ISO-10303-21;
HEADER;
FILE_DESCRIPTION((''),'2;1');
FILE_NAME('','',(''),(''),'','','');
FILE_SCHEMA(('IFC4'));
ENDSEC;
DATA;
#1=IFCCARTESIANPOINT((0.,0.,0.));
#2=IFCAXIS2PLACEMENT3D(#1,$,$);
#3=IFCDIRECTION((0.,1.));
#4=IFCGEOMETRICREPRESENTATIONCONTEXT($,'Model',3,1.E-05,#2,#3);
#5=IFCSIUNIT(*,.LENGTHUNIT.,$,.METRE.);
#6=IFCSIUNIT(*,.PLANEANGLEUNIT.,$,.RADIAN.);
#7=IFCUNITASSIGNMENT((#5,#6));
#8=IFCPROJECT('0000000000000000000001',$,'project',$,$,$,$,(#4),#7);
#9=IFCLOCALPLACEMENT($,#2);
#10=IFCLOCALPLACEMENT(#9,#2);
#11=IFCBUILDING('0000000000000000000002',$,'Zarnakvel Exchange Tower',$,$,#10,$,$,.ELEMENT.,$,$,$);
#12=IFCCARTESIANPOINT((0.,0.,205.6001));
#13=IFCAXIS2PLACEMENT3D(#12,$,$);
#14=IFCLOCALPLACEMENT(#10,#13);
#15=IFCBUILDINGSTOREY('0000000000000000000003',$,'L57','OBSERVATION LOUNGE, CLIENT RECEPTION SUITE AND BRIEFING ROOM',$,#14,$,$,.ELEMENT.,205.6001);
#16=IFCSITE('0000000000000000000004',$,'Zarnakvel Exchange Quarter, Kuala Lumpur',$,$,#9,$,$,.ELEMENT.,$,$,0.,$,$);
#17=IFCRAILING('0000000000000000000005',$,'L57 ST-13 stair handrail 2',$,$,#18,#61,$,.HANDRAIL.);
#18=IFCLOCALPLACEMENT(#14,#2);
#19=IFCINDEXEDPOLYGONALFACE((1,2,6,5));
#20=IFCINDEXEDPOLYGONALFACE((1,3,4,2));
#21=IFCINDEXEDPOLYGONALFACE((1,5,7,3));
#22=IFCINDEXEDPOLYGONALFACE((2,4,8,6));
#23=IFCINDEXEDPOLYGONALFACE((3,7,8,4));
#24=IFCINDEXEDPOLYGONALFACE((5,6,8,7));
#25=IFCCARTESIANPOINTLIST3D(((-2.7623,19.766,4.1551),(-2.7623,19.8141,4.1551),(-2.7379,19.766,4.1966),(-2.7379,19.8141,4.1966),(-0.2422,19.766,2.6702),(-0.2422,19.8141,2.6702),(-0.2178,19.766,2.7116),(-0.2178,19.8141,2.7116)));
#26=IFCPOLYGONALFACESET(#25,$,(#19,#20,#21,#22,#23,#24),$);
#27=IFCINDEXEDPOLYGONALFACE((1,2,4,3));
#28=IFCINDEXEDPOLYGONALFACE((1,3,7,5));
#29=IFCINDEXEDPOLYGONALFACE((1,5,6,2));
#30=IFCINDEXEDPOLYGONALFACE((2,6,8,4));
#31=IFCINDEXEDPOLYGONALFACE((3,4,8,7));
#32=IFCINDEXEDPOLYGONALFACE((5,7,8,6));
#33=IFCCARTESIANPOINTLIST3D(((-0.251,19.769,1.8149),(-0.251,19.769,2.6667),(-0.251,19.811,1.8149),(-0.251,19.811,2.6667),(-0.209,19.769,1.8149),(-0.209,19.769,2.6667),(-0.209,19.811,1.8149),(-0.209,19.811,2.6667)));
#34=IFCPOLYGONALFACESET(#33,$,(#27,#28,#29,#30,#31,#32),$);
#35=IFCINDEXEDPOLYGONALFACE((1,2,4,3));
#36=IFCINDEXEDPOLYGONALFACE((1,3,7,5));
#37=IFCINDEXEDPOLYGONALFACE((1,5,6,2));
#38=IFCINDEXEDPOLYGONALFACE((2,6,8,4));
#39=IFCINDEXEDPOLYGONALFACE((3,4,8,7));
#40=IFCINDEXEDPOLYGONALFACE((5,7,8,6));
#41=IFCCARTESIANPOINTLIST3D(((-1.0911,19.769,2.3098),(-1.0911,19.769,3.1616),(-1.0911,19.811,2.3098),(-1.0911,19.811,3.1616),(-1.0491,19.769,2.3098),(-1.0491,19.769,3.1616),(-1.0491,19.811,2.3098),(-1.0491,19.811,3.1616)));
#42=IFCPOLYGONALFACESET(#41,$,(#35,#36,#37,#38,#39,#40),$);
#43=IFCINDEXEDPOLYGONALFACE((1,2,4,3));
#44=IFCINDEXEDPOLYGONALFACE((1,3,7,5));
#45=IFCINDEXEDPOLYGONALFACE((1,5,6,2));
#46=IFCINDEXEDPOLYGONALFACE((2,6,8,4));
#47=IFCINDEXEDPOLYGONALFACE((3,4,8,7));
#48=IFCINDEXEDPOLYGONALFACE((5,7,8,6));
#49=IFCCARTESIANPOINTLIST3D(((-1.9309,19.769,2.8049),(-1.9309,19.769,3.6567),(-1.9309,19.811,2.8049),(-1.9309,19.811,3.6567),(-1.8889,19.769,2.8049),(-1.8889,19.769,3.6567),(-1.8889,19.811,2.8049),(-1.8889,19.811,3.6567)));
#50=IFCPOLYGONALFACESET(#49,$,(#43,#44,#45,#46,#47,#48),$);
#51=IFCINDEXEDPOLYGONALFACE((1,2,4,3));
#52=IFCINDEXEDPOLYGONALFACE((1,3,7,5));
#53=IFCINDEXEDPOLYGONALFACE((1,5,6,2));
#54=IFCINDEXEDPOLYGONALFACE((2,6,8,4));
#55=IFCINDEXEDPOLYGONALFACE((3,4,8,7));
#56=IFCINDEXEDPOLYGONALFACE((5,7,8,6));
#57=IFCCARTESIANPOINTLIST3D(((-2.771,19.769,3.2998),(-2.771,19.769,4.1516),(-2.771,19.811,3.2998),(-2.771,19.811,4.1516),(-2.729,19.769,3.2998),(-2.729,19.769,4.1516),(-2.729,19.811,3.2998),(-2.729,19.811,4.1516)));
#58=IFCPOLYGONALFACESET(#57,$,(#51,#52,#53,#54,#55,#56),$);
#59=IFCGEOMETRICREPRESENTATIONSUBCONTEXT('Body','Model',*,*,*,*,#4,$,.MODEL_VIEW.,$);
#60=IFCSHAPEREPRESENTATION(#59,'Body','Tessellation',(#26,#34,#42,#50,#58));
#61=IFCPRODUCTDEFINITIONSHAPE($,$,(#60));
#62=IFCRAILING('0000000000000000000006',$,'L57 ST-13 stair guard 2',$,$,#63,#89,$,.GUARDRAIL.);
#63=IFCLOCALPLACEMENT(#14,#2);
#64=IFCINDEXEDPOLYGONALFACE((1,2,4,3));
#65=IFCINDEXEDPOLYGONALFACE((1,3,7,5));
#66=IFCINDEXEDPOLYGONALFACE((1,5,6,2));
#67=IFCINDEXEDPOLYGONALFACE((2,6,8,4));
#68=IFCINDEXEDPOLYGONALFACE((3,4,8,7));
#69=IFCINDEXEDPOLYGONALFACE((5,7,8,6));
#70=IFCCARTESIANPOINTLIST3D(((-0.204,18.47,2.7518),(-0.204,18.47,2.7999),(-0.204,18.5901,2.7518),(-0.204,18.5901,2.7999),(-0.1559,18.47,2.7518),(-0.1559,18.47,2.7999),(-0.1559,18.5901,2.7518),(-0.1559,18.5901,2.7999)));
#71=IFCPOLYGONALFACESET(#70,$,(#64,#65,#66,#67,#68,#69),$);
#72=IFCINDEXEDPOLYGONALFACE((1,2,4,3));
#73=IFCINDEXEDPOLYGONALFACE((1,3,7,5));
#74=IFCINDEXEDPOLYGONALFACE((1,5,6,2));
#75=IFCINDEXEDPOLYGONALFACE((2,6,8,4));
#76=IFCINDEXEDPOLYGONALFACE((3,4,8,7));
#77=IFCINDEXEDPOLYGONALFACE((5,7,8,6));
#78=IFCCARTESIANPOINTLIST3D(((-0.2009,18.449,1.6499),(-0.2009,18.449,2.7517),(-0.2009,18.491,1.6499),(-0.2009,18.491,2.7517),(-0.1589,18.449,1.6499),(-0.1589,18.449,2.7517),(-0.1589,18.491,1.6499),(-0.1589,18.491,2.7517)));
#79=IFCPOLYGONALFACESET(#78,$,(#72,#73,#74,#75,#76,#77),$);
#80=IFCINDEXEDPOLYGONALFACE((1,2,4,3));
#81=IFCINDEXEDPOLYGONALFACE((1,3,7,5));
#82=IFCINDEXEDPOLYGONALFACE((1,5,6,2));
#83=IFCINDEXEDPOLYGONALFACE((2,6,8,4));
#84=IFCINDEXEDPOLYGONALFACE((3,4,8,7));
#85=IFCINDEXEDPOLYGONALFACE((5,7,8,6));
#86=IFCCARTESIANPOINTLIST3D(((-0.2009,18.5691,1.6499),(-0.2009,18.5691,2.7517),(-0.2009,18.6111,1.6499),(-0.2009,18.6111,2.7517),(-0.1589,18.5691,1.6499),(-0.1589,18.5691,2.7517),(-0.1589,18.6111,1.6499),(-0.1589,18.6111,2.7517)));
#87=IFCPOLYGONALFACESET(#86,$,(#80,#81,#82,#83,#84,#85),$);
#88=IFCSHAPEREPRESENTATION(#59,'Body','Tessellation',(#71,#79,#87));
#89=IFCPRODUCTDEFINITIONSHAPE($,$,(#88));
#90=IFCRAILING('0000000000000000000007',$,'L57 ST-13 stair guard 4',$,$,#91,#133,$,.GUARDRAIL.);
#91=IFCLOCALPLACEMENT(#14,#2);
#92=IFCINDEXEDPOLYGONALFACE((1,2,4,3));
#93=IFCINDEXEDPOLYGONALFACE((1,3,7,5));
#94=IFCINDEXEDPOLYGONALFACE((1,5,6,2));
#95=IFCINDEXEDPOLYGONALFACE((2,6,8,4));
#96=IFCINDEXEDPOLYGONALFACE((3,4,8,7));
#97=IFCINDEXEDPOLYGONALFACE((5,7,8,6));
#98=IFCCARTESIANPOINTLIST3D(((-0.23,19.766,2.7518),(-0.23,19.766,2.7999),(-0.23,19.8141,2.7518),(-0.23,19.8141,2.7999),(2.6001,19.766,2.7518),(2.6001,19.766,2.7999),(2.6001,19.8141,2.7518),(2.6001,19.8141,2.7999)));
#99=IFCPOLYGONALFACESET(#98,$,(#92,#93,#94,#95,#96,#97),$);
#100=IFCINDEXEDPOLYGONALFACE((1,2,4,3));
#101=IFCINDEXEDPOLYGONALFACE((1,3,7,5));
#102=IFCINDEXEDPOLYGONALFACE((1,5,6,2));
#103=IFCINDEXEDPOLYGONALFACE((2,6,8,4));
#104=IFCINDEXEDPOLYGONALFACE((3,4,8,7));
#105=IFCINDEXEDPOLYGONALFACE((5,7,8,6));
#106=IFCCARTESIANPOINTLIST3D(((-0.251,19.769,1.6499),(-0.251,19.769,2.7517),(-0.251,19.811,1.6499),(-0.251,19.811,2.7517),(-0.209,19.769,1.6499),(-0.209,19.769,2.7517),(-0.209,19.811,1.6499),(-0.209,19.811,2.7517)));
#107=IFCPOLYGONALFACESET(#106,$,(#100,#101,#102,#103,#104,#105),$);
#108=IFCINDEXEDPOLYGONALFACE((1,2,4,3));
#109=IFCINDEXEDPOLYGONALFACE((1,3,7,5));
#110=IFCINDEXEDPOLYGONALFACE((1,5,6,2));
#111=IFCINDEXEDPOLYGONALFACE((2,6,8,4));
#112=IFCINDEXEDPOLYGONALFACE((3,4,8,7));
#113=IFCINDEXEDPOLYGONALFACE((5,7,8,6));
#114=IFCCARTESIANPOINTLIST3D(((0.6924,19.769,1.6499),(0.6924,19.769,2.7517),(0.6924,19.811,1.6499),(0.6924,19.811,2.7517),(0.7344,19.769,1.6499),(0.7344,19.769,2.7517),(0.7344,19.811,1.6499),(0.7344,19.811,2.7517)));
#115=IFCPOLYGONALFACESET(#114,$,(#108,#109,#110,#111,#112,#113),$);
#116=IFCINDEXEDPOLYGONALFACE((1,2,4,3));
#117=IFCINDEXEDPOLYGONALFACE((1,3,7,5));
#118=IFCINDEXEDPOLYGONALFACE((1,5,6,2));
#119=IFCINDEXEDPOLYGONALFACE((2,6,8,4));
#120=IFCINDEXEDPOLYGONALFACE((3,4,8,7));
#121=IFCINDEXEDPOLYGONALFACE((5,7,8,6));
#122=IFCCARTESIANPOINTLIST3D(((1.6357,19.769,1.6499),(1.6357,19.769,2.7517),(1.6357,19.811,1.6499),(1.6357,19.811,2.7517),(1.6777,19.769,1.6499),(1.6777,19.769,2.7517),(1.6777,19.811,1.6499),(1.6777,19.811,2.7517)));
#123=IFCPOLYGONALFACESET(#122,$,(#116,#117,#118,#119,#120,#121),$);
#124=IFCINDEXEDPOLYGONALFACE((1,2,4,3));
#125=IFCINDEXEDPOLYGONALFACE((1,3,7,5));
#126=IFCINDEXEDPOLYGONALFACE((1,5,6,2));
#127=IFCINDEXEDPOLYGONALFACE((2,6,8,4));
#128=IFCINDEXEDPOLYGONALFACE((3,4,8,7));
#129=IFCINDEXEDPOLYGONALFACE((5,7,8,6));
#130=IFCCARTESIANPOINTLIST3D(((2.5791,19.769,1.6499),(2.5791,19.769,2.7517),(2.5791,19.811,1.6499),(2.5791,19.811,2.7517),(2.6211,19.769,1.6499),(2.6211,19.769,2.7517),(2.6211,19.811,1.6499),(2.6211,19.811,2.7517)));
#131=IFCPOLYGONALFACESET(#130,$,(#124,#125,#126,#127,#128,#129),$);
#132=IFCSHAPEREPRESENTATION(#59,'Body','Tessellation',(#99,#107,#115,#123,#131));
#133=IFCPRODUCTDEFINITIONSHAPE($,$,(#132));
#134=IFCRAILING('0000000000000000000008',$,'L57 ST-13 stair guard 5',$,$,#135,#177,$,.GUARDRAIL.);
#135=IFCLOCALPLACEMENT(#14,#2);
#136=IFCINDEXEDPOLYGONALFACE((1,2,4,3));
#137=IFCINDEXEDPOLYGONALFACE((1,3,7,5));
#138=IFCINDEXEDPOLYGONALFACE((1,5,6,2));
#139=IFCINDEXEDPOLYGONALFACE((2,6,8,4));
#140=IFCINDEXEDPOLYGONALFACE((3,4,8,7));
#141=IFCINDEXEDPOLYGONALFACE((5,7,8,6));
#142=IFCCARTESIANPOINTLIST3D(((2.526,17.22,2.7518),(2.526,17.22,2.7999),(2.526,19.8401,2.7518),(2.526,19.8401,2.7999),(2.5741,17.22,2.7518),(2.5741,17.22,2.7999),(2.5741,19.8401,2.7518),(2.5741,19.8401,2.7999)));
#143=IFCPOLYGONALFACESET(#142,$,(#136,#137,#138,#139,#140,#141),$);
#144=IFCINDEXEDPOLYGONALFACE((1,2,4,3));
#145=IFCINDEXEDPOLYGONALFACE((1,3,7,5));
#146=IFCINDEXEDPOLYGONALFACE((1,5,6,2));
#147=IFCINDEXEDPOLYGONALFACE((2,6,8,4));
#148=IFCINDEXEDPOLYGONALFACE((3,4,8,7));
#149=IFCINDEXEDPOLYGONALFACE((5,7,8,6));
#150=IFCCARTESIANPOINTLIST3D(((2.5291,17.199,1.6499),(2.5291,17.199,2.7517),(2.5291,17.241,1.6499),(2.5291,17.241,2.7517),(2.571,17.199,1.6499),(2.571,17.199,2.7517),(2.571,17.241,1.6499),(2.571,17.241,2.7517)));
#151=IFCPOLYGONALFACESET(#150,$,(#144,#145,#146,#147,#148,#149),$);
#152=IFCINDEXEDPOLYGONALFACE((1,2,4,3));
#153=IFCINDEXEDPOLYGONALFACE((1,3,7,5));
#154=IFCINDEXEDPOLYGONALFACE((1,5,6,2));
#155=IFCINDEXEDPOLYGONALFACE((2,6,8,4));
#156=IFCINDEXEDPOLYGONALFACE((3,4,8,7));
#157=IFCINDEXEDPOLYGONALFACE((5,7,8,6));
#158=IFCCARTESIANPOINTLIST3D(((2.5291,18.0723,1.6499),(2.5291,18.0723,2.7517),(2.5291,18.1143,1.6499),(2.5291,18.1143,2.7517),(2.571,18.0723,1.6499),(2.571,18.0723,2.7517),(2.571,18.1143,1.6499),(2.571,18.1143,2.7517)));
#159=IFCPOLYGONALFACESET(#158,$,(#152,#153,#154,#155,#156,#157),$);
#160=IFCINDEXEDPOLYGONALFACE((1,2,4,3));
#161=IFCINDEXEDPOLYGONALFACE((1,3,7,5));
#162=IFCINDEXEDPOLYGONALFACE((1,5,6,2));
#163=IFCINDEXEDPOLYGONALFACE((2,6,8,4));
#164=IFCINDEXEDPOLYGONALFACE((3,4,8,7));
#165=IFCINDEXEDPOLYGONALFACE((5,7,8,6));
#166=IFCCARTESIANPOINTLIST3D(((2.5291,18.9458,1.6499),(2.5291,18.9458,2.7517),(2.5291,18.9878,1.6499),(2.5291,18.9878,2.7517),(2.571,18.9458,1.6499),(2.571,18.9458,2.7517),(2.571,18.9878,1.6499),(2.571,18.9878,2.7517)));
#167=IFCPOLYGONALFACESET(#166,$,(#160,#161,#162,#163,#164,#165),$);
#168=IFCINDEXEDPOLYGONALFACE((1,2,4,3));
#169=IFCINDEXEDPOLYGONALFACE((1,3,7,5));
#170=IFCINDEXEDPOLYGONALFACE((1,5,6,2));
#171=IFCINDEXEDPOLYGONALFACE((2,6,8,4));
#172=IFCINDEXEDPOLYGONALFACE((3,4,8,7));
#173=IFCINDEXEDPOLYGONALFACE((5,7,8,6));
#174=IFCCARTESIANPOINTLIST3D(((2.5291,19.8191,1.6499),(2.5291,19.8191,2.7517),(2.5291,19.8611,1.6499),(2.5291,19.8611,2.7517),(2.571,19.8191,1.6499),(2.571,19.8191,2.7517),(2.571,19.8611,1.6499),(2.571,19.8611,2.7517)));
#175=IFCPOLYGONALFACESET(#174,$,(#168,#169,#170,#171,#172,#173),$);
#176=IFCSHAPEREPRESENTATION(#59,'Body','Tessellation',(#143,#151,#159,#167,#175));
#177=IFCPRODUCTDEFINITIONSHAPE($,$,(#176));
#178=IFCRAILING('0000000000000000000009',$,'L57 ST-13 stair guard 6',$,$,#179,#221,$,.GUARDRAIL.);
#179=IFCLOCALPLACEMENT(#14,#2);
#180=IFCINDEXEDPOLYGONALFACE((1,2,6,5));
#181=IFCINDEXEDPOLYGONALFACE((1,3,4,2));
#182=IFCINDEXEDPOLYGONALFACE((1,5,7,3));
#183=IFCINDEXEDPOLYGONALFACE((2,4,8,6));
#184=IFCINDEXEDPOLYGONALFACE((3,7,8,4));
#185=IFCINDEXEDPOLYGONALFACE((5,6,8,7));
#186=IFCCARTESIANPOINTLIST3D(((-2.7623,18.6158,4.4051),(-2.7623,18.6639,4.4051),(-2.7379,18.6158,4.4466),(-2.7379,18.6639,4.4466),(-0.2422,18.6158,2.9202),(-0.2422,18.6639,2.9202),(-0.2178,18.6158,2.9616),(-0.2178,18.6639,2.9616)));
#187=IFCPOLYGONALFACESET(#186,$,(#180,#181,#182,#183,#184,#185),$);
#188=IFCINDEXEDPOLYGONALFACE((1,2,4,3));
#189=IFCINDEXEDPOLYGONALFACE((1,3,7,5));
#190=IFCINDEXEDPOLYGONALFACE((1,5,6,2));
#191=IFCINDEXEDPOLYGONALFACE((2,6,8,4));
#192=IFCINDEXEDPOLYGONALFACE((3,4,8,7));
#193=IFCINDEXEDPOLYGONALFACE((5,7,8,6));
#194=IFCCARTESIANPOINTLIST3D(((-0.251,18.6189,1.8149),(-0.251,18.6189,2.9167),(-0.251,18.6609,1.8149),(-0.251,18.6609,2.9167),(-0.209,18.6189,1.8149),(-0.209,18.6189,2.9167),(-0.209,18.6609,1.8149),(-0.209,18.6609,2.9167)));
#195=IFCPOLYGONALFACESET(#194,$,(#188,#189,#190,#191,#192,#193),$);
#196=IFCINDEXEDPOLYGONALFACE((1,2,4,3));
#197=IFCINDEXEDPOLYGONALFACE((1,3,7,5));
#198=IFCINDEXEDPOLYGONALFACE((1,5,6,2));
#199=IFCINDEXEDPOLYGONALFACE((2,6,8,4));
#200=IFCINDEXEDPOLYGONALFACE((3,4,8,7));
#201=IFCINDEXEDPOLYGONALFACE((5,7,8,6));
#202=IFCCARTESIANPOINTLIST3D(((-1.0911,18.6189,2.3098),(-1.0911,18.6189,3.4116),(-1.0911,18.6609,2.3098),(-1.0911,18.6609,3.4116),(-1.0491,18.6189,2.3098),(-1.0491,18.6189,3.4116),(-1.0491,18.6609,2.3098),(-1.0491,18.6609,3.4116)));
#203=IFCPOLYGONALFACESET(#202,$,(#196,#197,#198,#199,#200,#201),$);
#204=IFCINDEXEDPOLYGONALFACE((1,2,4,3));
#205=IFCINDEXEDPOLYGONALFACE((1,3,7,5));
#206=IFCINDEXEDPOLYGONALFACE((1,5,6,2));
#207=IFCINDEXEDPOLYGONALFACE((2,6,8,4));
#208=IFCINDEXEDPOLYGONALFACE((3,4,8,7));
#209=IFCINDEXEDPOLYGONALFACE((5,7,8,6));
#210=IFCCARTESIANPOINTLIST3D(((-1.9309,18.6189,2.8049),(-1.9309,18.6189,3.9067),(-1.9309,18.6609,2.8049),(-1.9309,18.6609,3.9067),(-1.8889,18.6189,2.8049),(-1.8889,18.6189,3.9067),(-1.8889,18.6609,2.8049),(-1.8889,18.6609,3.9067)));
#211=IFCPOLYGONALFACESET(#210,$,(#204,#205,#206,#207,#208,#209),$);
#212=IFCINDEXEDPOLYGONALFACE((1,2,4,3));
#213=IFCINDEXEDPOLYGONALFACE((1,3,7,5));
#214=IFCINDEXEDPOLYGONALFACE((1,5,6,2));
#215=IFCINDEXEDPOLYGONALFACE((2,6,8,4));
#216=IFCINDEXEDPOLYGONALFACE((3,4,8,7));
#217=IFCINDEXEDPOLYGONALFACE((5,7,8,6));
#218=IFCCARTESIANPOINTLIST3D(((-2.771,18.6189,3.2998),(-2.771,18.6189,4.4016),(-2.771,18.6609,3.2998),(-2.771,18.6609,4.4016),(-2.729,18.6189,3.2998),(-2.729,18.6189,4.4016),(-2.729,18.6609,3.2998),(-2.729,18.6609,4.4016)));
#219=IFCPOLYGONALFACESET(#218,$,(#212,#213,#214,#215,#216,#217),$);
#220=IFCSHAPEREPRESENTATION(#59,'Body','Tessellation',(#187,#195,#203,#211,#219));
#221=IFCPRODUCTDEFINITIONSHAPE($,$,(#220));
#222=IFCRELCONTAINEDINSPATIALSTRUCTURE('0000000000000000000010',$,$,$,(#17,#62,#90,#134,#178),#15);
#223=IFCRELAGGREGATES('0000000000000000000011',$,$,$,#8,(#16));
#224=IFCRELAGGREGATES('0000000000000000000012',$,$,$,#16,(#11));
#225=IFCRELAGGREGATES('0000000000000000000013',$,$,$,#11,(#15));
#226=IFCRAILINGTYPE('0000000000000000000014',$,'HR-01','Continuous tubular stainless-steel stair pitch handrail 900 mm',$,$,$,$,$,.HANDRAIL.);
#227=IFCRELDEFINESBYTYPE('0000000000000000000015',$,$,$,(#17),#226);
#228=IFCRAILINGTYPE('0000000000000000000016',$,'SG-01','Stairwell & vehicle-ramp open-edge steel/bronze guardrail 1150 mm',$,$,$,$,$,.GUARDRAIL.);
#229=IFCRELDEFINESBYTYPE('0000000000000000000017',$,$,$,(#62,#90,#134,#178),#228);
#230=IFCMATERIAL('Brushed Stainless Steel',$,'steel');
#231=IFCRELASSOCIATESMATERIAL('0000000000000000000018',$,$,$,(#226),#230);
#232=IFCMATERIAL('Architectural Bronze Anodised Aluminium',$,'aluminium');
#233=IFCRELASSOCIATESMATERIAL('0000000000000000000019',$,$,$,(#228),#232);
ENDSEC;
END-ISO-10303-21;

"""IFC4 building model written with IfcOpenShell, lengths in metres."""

from ifc_helpers import new_model, si_unit, direction, frame, origin, origin_2d, place, context, subcontext, project, spatial, rectangle, extrude, material, type_object, element, save


model = new_model("IFC4")

# Units and contexts
model_context = context("Model", 3, precision=1e-05, world=origin(), true_north=direction((0.0, 1.0)))
body_context = subcontext(model_context, "Body", "Model", "MODEL_VIEW")
ifc_project = project(units=[si_unit("LENGTHUNIT", "METRE"), si_unit("PLANEANGLEUNIT", "RADIAN")], contexts=[model_context])

# Site, building, storey
site_placement = place(None, origin())
site = spatial("IfcSite", under=ifc_project, at=site_placement, Name="Zarnakvel Exchange Quarter, Kuala Lumpur", CompositionType="ELEMENT", RefElevation=0.0)
building_placement = place(site_placement, origin())
building = spatial("IfcBuilding", under=site, at=building_placement, Name="Zarnakvel Exchange Tower", CompositionType="ELEMENT")
storey_placement = place(building_placement, frame((0.0, 0.0, 205.6001)))
storey = spatial("IfcBuildingStorey", under=building, at=storey_placement, Name="L57", Description="OBSERVATION LOUNGE, CLIENT RECEPTION SUITE AND BRIEFING ROOM", CompositionType="ELEMENT", Elevation=205.6001)

# Shared definitions
ifc_material_1 = material(Name="Architectural Bronze Anodised Aluminium", Category="aluminium")

# Railings
ifc_material_2 = material(Name="Brushed Stainless Steel", Category="steel")
railing_type_1 = type_object("IfcRailingType", Name="HR-01", Description="Continuous tubular stainless-steel stair pitch handrail 900 mm", PredefinedType="HANDRAIL", material=ifc_material_2)
railing_1_placement = place(storey_placement, frame((-0.23, 19.79, 1.8149)))
element("IfcRailing", 1, at=railing_1_placement, inside=storey, type_object=railing_type_1, Name="L57 ST-13 stair handrail 2", PredefinedType="HANDRAIL", context=body_context, shape_type="SweptSolid", body=[
    extrude(rectangle(XDim=0.0481, YDim=0.0481, at=origin_2d()), frame((0.0, 0.0, 0.876), z_axis=(-0.861561, 0.0, 0.507655), x_axis=(0.0, -1.0, 0.0)), (0.0, 0.0, 1.0), 2.925),
    extrude(rectangle(XDim=0.042, YDim=0.042, at=origin_2d()), origin(), (0.0, 0.0, 1.0), 0.8518),
    extrude(rectangle(XDim=0.042, YDim=0.042, at=origin_2d()), frame((-0.8401, 0.0, 0.4949)), (0.0, 0.0, 1.0), 0.8518),
    extrude(rectangle(XDim=0.042, YDim=0.042, at=origin_2d()), frame((-1.6799, 0.0, 0.99)), (0.0, 0.0, 1.0), 0.8518),
    extrude(rectangle(XDim=0.042, YDim=0.042, at=origin_2d()), frame((-2.52, 0.0, 1.4849)), (0.0, 0.0, 1.0), 0.8518),
])
railing_type_2 = type_object("IfcRailingType", Name="SG-01", Description="Stairwell & vehicle-ramp open-edge steel/bronze guardrail 1150 mm", PredefinedType="GUARDRAIL", material=ifc_material_1)
railing_2_placement = place(storey_placement, frame((-0.1799, 18.47, 1.6499)))
element("IfcRailing", 2, at=railing_2_placement, inside=storey, type_object=railing_type_2, Name="L57 ST-13 stair guard 2", PredefinedType="GUARDRAIL", context=body_context, shape_type="SweptSolid", body=[
    extrude(rectangle(XDim=0.0481, YDim=0.0481, at=origin_2d()), frame((0.0, 0.0, 1.126), z_axis=(0.0, 1.0, 0.0), x_axis=(-1.0, 0.0, 0.0)), (0.0, 0.0, 1.0), 0.1201),
    extrude(rectangle(XDim=0.042, YDim=0.042, at=origin_2d()), origin(), (0.0, 0.0, 1.0), 1.1018),
    extrude(rectangle(XDim=0.042, YDim=0.042, at=origin_2d()), frame((0.0, 0.1201, 0.0)), (0.0, 0.0, 1.0), 1.1018),
])
railing_3_placement = place(storey_placement, frame((-0.23, 19.79, 1.6499)))
element("IfcRailing", 3, at=railing_3_placement, inside=storey, type_object=railing_type_2, Name="L57 ST-13 stair guard 4", PredefinedType="GUARDRAIL", context=body_context, shape_type="SweptSolid", body=[
    extrude(rectangle(XDim=0.0481, YDim=0.0481, at=origin_2d()), frame((0.0, 0.0, 1.126), z_axis=(1.0, 0.0, 0.0), x_axis=(0.0, 1.0, 0.0)), (0.0, 0.0, 1.0), 2.8301),
    extrude(rectangle(XDim=0.042, YDim=0.042, at=origin_2d()), origin(), (0.0, 0.0, 1.0), 1.1018),
    extrude(rectangle(XDim=0.042, YDim=0.042, at=origin_2d()), frame((0.9434, 0.0, 0.0)), (0.0, 0.0, 1.0), 1.1018),
    extrude(rectangle(XDim=0.042, YDim=0.042, at=origin_2d()), frame((1.8867, 0.0, 0.0)), (0.0, 0.0, 1.0), 1.1018),
    extrude(rectangle(XDim=0.042, YDim=0.042, at=origin_2d()), frame((2.8301, 0.0, 0.0)), (0.0, 0.0, 1.0), 1.1018),
])
railing_4_placement = place(storey_placement, frame((2.55, 17.22, 1.6499)))
element("IfcRailing", 4, at=railing_4_placement, inside=storey, type_object=railing_type_2, Name="L57 ST-13 stair guard 5", PredefinedType="GUARDRAIL", context=body_context, shape_type="SweptSolid", body=[
    extrude(rectangle(XDim=0.0481, YDim=0.0481, at=origin_2d()), frame((0.0, 0.0, 1.126), z_axis=(0.0, 1.0, 0.0), x_axis=(-1.0, 0.0, 0.0)), (0.0, 0.0, 1.0), 2.6201),
    extrude(rectangle(XDim=0.042, YDim=0.042, at=origin_2d()), origin(), (0.0, 0.0, 1.0), 1.1018),
    extrude(rectangle(XDim=0.042, YDim=0.042, at=origin_2d()), frame((0.0, 0.8733, 0.0)), (0.0, 0.0, 1.0), 1.1018),
    extrude(rectangle(XDim=0.042, YDim=0.042, at=origin_2d()), frame((0.0, 1.7468, 0.0)), (0.0, 0.0, 1.0), 1.1018),
    extrude(rectangle(XDim=0.042, YDim=0.042, at=origin_2d()), frame((0.0, 2.6201, 0.0)), (0.0, 0.0, 1.0), 1.1018),
])
railing_5_placement = place(storey_placement, frame((-0.23, 18.6399, 1.8149)))
element("IfcRailing", 5, at=railing_5_placement, inside=storey, type_object=railing_type_2, Name="L57 ST-13 stair guard 6", PredefinedType="GUARDRAIL", context=body_context, shape_type="SweptSolid", body=[
    extrude(rectangle(XDim=0.0481, YDim=0.0481, at=origin_2d()), frame((0.0, 0.0, 1.126), z_axis=(-0.861561, 0.0, 0.507655), x_axis=(0.0, -1.0, 0.0)), (0.0, 0.0, 1.0), 2.925),
    extrude(rectangle(XDim=0.042, YDim=0.042, at=origin_2d()), origin(), (0.0, 0.0, 1.0), 1.1018),
    extrude(rectangle(XDim=0.042, YDim=0.042, at=origin_2d()), frame((-0.8401, 0.0, 0.4949)), (0.0, 0.0, 1.0), 1.1018),
    extrude(rectangle(XDim=0.042, YDim=0.042, at=origin_2d()), frame((-1.6799, 0.0, 0.99)), (0.0, 0.0, 1.0), 1.1018),
    extrude(rectangle(XDim=0.042, YDim=0.042, at=origin_2d()), frame((-2.52, 0.0, 1.4849)), (0.0, 0.0, 1.0), 1.1018),
])

save(model, "model.ifc")
